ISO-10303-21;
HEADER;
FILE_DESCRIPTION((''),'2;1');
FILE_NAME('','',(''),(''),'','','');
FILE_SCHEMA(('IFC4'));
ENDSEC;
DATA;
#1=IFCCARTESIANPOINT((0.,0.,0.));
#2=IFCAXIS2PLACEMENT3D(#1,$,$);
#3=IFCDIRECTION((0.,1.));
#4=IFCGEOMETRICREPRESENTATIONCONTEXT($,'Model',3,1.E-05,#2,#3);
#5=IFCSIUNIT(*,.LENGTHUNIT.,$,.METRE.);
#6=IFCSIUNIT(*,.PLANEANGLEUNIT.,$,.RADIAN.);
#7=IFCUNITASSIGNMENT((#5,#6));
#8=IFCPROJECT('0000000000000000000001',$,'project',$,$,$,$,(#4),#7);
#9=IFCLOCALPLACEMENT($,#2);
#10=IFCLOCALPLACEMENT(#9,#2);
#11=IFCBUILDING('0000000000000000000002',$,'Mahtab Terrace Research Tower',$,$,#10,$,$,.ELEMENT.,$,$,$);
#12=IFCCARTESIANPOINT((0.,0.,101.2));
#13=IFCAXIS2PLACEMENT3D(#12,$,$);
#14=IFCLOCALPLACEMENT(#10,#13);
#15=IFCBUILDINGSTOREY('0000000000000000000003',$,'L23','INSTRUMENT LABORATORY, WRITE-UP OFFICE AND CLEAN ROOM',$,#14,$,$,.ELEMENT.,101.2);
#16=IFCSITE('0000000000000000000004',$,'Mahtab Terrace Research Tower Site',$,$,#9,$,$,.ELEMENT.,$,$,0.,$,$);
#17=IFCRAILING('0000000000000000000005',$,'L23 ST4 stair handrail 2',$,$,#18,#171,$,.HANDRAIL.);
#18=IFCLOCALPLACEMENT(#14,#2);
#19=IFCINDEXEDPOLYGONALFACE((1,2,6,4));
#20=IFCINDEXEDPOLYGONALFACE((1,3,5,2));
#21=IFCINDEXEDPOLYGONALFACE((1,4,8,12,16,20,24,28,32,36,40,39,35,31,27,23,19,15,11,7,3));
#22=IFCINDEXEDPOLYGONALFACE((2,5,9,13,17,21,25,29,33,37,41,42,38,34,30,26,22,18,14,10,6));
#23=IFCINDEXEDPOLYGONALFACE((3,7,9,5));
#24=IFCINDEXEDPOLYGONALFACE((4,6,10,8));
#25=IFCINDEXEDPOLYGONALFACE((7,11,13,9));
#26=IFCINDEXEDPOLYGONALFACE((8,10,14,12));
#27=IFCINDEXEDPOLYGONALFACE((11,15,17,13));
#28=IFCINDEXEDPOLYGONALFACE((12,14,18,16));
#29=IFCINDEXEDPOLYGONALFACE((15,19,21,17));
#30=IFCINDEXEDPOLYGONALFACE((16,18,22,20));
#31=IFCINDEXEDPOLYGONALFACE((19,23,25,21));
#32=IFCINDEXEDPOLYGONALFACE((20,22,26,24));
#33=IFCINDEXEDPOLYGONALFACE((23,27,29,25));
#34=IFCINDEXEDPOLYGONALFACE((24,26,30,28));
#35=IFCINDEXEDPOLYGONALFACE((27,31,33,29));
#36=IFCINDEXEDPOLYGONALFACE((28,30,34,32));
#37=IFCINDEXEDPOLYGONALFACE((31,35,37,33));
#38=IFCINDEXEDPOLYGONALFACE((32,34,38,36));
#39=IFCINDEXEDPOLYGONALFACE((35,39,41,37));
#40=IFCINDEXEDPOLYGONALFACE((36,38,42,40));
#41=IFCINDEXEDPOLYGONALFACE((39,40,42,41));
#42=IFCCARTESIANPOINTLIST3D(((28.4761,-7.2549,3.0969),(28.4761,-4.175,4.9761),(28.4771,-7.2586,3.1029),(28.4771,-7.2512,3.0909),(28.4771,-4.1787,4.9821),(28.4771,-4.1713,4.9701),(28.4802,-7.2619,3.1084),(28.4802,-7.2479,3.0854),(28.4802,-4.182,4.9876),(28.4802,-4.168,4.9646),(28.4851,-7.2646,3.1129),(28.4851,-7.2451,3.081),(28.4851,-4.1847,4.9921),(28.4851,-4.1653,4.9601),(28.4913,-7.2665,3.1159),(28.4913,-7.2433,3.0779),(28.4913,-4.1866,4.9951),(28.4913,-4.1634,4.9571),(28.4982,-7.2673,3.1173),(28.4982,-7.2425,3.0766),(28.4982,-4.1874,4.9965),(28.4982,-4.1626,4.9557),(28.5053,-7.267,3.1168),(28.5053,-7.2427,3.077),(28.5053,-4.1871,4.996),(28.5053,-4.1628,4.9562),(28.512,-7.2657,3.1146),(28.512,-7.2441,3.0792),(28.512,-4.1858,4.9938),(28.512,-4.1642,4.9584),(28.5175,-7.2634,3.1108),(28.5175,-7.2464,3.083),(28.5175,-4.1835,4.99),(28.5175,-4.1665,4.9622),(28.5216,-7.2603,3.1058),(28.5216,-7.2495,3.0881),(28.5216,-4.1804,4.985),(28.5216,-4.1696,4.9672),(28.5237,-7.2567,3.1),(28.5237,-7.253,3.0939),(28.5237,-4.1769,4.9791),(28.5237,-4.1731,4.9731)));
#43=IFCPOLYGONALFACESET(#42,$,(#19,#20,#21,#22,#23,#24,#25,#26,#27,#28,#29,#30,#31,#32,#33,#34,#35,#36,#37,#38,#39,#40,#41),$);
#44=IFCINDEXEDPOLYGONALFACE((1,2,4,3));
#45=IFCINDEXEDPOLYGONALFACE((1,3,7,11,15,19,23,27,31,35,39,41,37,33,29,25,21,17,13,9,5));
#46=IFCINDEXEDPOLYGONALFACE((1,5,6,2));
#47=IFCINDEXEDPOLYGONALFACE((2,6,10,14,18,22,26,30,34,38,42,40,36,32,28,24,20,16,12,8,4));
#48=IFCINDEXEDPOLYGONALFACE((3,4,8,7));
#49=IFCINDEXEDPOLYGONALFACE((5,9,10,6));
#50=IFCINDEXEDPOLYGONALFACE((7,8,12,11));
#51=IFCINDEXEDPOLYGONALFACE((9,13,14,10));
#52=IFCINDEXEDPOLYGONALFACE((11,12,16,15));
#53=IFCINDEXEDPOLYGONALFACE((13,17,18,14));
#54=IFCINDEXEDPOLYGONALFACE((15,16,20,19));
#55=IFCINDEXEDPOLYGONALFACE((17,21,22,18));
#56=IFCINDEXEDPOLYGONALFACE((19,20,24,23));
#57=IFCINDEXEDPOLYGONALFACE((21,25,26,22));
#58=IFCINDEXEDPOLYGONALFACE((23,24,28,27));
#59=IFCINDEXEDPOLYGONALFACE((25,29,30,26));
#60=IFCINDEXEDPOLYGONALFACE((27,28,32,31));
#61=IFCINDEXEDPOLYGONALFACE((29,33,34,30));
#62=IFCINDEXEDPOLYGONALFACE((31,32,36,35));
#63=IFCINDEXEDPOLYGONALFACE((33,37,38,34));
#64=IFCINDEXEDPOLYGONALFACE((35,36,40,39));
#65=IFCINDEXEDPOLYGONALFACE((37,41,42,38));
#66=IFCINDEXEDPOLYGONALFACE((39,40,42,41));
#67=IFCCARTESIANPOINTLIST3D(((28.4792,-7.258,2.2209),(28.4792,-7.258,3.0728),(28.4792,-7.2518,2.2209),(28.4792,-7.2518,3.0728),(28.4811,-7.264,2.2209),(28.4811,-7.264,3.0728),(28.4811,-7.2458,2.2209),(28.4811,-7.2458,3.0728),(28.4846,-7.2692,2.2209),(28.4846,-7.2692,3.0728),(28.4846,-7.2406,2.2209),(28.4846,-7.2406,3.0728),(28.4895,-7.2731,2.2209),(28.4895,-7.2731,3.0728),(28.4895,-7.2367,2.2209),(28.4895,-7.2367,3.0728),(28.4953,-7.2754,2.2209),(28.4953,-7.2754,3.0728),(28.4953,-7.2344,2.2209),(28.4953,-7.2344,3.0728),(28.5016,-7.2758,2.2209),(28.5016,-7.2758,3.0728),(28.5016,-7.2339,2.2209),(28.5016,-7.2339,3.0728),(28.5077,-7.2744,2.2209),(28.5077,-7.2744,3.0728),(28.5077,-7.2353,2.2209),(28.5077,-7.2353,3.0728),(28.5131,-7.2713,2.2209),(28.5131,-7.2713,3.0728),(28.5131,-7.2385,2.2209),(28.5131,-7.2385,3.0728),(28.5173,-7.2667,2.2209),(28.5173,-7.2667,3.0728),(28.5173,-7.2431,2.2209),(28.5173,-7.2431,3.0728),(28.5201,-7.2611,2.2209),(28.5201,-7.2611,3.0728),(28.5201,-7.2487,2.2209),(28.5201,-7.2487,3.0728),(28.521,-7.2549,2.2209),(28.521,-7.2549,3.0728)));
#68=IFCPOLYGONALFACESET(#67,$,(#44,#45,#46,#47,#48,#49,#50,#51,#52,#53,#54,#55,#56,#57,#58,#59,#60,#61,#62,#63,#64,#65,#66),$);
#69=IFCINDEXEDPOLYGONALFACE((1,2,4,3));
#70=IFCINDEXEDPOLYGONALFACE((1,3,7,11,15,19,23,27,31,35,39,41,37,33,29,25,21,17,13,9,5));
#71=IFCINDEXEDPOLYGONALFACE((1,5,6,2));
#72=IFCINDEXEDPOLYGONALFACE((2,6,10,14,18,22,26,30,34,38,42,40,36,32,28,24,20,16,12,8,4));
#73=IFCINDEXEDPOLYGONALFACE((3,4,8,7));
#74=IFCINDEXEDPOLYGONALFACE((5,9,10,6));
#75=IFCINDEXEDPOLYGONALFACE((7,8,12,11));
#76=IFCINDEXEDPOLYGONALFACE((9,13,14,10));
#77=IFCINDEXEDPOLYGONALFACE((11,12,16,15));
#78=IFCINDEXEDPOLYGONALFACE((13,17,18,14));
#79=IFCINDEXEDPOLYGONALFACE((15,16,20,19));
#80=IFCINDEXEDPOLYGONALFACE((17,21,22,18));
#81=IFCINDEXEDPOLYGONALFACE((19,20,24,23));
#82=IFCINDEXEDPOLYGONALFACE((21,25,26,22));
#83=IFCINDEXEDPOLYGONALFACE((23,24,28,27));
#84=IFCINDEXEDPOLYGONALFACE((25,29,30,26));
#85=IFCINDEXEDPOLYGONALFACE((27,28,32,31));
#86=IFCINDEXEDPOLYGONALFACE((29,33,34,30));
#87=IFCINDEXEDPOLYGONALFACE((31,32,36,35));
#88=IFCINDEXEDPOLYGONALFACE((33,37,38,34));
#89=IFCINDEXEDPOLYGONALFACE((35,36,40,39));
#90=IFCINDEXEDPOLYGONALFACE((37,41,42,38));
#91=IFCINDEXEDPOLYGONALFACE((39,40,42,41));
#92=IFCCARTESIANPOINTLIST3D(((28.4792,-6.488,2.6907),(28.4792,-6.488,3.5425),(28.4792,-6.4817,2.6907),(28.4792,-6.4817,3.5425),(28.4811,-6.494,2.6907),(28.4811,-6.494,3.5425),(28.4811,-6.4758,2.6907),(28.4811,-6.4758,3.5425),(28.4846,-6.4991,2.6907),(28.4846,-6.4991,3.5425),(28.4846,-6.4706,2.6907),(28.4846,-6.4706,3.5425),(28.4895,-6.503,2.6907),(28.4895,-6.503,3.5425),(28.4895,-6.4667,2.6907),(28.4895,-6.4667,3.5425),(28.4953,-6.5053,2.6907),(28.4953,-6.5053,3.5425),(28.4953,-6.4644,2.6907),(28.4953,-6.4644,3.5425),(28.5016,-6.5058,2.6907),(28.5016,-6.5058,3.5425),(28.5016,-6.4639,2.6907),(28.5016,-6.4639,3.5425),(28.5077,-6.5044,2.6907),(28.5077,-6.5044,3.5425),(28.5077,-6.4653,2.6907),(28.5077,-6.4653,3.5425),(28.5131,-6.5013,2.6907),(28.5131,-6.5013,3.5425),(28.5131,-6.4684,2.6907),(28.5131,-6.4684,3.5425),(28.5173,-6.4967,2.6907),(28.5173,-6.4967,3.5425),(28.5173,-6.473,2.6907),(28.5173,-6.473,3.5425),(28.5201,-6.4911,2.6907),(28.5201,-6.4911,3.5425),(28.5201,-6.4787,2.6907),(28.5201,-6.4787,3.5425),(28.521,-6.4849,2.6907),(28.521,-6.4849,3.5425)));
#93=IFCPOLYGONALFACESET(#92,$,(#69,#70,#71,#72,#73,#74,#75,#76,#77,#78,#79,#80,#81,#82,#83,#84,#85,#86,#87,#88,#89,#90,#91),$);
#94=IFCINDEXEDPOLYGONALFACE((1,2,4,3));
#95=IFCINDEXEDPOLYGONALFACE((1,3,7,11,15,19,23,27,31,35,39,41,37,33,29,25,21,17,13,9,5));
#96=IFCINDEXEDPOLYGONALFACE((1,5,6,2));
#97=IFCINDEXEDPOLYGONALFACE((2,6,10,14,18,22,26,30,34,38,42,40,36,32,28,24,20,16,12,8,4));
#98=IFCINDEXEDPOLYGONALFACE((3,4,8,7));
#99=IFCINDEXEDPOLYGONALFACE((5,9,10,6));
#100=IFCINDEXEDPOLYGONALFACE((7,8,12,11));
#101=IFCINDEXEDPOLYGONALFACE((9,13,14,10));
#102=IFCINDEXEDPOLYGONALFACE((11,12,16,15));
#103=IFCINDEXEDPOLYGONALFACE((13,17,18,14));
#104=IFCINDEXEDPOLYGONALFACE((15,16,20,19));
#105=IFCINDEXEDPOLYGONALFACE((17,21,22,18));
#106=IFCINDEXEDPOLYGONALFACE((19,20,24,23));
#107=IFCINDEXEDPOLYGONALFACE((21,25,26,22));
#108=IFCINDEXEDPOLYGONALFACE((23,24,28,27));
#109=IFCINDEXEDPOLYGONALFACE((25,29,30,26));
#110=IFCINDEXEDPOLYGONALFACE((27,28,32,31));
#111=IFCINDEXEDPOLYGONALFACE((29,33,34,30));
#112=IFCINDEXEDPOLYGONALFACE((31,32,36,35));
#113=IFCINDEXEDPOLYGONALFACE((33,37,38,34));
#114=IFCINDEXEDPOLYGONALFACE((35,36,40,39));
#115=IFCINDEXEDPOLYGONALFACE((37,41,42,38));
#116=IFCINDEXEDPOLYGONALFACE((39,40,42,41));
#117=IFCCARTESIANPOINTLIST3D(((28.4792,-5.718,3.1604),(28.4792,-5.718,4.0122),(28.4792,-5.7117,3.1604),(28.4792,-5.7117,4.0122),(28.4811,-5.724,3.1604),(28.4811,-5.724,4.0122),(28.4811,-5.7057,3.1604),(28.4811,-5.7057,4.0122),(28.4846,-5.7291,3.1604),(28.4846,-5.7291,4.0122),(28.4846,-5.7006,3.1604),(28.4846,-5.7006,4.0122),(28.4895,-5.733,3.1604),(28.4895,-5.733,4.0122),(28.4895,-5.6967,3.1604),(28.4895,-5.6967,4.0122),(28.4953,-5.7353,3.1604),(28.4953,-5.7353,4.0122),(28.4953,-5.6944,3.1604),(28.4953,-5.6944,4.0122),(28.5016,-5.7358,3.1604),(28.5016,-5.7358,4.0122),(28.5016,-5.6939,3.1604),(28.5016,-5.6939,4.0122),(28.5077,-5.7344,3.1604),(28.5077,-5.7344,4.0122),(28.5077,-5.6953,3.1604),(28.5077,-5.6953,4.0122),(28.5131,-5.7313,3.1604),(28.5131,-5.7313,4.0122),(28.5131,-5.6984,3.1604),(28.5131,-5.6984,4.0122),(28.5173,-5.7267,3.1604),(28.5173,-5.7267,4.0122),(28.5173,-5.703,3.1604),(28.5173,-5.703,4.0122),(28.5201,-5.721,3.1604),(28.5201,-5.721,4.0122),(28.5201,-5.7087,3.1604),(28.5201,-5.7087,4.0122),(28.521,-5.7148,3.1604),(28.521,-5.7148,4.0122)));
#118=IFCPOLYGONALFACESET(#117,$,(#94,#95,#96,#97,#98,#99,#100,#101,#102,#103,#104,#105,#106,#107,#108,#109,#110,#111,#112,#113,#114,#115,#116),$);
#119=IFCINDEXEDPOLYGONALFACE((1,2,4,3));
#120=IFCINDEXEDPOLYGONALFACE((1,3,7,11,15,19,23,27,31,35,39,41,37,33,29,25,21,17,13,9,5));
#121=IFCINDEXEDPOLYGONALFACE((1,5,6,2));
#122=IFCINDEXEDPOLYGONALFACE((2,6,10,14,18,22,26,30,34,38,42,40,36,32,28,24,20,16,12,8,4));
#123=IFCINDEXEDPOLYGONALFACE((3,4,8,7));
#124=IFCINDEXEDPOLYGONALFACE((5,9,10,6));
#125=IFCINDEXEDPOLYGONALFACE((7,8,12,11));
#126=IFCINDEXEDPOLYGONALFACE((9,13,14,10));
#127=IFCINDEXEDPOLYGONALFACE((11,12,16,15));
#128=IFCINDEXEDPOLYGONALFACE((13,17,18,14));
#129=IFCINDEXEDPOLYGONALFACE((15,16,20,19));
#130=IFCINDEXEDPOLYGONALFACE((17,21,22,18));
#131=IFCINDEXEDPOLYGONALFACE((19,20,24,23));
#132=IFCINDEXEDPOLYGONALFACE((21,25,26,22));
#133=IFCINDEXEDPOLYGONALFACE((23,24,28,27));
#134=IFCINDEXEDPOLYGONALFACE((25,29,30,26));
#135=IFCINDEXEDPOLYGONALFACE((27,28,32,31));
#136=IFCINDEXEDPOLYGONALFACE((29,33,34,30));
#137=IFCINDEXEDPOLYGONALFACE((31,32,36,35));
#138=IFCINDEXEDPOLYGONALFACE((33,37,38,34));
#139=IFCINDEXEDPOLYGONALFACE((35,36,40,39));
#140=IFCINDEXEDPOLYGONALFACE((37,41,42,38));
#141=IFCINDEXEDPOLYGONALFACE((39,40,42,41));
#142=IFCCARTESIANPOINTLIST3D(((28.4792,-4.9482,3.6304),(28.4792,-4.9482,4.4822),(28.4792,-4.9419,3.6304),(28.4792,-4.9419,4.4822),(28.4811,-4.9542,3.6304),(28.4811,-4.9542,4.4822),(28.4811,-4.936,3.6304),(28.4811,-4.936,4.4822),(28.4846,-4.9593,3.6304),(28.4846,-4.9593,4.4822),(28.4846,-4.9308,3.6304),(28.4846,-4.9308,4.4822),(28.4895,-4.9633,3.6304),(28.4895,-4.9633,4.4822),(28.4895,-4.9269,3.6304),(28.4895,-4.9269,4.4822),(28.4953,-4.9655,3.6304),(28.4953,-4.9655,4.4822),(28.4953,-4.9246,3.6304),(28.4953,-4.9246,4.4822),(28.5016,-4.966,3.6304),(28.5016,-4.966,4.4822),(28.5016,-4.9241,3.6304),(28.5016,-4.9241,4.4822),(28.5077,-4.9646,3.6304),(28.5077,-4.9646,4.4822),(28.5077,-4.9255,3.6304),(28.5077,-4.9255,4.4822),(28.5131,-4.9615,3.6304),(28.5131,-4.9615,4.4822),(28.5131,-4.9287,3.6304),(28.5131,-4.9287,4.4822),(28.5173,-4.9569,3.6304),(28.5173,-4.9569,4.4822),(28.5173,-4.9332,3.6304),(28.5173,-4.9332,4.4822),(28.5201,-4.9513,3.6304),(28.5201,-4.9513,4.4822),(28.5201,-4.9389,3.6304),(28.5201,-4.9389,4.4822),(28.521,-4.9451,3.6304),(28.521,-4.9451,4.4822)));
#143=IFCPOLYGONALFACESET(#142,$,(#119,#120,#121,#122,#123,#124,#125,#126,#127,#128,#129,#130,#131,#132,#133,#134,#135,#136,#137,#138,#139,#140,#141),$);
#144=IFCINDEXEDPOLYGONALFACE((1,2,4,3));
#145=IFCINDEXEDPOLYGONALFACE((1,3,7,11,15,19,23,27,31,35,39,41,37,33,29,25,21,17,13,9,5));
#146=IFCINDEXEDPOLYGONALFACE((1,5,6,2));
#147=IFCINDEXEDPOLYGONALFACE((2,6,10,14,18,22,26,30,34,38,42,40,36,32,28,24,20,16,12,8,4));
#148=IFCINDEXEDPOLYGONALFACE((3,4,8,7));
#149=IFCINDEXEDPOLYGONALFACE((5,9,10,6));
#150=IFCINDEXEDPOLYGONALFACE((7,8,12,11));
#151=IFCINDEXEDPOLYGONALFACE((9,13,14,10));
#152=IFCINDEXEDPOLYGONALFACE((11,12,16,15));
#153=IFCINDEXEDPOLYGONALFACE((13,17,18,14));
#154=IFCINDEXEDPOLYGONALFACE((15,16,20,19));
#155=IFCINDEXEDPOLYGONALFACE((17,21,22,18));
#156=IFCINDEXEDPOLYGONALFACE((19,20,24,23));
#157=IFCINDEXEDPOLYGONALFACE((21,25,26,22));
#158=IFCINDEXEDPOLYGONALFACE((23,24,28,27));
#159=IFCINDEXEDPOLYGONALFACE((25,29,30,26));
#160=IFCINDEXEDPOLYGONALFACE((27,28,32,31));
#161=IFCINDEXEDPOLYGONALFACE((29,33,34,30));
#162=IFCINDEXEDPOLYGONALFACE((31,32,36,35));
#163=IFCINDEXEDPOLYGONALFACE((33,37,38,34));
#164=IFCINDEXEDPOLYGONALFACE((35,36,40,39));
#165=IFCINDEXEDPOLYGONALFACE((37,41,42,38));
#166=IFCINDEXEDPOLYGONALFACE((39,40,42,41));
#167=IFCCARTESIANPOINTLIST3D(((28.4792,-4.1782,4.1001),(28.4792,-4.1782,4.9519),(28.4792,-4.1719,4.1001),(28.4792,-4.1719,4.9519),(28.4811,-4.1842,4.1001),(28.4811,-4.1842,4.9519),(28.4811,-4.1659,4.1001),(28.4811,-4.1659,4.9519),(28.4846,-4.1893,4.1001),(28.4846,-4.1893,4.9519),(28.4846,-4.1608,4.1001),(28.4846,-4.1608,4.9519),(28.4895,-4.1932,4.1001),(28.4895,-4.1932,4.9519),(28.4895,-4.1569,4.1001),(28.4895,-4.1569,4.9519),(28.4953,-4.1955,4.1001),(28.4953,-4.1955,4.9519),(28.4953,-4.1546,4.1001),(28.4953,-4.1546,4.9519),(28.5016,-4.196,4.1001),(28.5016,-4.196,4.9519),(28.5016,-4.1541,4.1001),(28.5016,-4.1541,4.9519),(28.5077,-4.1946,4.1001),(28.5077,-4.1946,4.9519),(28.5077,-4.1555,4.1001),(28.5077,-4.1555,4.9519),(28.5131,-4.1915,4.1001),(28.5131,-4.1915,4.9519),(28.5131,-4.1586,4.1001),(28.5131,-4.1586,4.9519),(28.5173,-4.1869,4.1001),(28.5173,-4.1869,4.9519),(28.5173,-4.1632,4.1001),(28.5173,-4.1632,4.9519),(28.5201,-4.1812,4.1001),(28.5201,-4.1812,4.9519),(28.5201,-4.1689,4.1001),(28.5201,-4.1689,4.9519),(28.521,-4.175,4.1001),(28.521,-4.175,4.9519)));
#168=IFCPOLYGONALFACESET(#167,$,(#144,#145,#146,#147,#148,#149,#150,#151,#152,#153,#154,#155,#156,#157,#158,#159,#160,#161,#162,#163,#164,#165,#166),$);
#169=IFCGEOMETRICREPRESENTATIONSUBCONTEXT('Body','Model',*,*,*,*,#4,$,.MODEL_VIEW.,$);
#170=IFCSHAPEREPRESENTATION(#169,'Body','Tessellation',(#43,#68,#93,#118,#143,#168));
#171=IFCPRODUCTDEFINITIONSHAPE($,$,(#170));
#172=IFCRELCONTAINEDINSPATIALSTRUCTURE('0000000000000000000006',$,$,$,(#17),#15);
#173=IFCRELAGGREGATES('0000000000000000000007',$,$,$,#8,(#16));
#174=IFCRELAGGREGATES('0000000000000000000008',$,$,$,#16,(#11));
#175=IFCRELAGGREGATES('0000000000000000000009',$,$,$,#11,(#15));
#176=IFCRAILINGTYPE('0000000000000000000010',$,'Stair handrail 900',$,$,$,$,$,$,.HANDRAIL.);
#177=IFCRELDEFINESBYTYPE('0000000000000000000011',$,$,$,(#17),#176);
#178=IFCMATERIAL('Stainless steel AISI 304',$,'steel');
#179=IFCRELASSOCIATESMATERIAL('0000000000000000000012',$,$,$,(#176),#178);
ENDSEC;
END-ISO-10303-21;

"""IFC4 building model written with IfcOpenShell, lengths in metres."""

from ifc_helpers import new_model, si_unit, direction, frame, origin, origin_2d, place, context, subcontext, project, spatial, circle, extrude, material, type_object, element, save


model = new_model("IFC4")

# Units and contexts
model_context = context("Model", 3, precision=1e-05, world=origin(), true_north=direction((0.0, 1.0)))
body_context = subcontext(model_context, "Body", "Model", "MODEL_VIEW")
ifc_project = project(units=[si_unit("LENGTHUNIT", "METRE"), si_unit("PLANEANGLEUNIT", "RADIAN")], contexts=[model_context])

# Site, building, storey
site_placement = place(None, origin())
site = spatial("IfcSite", under=ifc_project, at=site_placement, Name="Mahtab Terrace Research Tower Site", CompositionType="ELEMENT", RefElevation=0.0)
building_placement = place(site_placement, origin())
building = spatial("IfcBuilding", under=site, at=building_placement, Name="Mahtab Terrace Research Tower", CompositionType="ELEMENT")
storey_placement = place(building_placement, frame((0.0, 0.0, 101.2)))
storey = spatial("IfcBuildingStorey", under=building, at=storey_placement, Name="L23", Description="INSTRUMENT LABORATORY, WRITE-UP OFFICE AND CLEAN ROOM", CompositionType="ELEMENT", Elevation=101.2)

# Railing
ifc_material_1 = material(Name="Stainless steel AISI 304", Category="steel")
railing_type_1 = type_object("IfcRailingType", Name="Stair handrail 900", PredefinedType="HANDRAIL", material=ifc_material_1)
railing_1_placement = place(storey_placement, frame((28.5, -7.2549, 2.2209)))
element("IfcRailing", 1, at=railing_1_placement, inside=storey, type_object=railing_type_1, Name="L23 ST4 stair handrail 2", PredefinedType="HANDRAIL", context=body_context, shape_type="SweptSolid", body=[
    extrude(circle(Radius=0.0239, at=origin_2d()), frame((0.0, 0.0, 0.876), z_axis=(0.0, 0.853648, 0.52085), x_axis=(-1.0, 0.0, 0.0)), (0.0, 0.0, 1.0), 3.6079),
    extrude(circle(Radius=0.021, at=origin_2d()), origin(), (0.0, 0.0, 1.0), 0.8518),
    extrude(circle(Radius=0.021, at=origin_2d()), frame((0.0, 0.77, 0.4697)), (0.0, 0.0, 1.0), 0.8518),
    extrude(circle(Radius=0.021, at=origin_2d()), frame((0.0, 1.54, 0.9395)), (0.0, 0.0, 1.0), 0.8518),
    extrude(circle(Radius=0.021, at=origin_2d()), frame((0.0, 2.3098, 1.4094)), (0.0, 0.0, 1.0), 0.8518),
    extrude(circle(Radius=0.021, at=origin_2d()), frame((0.0, 3.0798, 1.8792)), (0.0, 0.0, 1.0), 0.8518),
])

save(model, "model.ifc")
